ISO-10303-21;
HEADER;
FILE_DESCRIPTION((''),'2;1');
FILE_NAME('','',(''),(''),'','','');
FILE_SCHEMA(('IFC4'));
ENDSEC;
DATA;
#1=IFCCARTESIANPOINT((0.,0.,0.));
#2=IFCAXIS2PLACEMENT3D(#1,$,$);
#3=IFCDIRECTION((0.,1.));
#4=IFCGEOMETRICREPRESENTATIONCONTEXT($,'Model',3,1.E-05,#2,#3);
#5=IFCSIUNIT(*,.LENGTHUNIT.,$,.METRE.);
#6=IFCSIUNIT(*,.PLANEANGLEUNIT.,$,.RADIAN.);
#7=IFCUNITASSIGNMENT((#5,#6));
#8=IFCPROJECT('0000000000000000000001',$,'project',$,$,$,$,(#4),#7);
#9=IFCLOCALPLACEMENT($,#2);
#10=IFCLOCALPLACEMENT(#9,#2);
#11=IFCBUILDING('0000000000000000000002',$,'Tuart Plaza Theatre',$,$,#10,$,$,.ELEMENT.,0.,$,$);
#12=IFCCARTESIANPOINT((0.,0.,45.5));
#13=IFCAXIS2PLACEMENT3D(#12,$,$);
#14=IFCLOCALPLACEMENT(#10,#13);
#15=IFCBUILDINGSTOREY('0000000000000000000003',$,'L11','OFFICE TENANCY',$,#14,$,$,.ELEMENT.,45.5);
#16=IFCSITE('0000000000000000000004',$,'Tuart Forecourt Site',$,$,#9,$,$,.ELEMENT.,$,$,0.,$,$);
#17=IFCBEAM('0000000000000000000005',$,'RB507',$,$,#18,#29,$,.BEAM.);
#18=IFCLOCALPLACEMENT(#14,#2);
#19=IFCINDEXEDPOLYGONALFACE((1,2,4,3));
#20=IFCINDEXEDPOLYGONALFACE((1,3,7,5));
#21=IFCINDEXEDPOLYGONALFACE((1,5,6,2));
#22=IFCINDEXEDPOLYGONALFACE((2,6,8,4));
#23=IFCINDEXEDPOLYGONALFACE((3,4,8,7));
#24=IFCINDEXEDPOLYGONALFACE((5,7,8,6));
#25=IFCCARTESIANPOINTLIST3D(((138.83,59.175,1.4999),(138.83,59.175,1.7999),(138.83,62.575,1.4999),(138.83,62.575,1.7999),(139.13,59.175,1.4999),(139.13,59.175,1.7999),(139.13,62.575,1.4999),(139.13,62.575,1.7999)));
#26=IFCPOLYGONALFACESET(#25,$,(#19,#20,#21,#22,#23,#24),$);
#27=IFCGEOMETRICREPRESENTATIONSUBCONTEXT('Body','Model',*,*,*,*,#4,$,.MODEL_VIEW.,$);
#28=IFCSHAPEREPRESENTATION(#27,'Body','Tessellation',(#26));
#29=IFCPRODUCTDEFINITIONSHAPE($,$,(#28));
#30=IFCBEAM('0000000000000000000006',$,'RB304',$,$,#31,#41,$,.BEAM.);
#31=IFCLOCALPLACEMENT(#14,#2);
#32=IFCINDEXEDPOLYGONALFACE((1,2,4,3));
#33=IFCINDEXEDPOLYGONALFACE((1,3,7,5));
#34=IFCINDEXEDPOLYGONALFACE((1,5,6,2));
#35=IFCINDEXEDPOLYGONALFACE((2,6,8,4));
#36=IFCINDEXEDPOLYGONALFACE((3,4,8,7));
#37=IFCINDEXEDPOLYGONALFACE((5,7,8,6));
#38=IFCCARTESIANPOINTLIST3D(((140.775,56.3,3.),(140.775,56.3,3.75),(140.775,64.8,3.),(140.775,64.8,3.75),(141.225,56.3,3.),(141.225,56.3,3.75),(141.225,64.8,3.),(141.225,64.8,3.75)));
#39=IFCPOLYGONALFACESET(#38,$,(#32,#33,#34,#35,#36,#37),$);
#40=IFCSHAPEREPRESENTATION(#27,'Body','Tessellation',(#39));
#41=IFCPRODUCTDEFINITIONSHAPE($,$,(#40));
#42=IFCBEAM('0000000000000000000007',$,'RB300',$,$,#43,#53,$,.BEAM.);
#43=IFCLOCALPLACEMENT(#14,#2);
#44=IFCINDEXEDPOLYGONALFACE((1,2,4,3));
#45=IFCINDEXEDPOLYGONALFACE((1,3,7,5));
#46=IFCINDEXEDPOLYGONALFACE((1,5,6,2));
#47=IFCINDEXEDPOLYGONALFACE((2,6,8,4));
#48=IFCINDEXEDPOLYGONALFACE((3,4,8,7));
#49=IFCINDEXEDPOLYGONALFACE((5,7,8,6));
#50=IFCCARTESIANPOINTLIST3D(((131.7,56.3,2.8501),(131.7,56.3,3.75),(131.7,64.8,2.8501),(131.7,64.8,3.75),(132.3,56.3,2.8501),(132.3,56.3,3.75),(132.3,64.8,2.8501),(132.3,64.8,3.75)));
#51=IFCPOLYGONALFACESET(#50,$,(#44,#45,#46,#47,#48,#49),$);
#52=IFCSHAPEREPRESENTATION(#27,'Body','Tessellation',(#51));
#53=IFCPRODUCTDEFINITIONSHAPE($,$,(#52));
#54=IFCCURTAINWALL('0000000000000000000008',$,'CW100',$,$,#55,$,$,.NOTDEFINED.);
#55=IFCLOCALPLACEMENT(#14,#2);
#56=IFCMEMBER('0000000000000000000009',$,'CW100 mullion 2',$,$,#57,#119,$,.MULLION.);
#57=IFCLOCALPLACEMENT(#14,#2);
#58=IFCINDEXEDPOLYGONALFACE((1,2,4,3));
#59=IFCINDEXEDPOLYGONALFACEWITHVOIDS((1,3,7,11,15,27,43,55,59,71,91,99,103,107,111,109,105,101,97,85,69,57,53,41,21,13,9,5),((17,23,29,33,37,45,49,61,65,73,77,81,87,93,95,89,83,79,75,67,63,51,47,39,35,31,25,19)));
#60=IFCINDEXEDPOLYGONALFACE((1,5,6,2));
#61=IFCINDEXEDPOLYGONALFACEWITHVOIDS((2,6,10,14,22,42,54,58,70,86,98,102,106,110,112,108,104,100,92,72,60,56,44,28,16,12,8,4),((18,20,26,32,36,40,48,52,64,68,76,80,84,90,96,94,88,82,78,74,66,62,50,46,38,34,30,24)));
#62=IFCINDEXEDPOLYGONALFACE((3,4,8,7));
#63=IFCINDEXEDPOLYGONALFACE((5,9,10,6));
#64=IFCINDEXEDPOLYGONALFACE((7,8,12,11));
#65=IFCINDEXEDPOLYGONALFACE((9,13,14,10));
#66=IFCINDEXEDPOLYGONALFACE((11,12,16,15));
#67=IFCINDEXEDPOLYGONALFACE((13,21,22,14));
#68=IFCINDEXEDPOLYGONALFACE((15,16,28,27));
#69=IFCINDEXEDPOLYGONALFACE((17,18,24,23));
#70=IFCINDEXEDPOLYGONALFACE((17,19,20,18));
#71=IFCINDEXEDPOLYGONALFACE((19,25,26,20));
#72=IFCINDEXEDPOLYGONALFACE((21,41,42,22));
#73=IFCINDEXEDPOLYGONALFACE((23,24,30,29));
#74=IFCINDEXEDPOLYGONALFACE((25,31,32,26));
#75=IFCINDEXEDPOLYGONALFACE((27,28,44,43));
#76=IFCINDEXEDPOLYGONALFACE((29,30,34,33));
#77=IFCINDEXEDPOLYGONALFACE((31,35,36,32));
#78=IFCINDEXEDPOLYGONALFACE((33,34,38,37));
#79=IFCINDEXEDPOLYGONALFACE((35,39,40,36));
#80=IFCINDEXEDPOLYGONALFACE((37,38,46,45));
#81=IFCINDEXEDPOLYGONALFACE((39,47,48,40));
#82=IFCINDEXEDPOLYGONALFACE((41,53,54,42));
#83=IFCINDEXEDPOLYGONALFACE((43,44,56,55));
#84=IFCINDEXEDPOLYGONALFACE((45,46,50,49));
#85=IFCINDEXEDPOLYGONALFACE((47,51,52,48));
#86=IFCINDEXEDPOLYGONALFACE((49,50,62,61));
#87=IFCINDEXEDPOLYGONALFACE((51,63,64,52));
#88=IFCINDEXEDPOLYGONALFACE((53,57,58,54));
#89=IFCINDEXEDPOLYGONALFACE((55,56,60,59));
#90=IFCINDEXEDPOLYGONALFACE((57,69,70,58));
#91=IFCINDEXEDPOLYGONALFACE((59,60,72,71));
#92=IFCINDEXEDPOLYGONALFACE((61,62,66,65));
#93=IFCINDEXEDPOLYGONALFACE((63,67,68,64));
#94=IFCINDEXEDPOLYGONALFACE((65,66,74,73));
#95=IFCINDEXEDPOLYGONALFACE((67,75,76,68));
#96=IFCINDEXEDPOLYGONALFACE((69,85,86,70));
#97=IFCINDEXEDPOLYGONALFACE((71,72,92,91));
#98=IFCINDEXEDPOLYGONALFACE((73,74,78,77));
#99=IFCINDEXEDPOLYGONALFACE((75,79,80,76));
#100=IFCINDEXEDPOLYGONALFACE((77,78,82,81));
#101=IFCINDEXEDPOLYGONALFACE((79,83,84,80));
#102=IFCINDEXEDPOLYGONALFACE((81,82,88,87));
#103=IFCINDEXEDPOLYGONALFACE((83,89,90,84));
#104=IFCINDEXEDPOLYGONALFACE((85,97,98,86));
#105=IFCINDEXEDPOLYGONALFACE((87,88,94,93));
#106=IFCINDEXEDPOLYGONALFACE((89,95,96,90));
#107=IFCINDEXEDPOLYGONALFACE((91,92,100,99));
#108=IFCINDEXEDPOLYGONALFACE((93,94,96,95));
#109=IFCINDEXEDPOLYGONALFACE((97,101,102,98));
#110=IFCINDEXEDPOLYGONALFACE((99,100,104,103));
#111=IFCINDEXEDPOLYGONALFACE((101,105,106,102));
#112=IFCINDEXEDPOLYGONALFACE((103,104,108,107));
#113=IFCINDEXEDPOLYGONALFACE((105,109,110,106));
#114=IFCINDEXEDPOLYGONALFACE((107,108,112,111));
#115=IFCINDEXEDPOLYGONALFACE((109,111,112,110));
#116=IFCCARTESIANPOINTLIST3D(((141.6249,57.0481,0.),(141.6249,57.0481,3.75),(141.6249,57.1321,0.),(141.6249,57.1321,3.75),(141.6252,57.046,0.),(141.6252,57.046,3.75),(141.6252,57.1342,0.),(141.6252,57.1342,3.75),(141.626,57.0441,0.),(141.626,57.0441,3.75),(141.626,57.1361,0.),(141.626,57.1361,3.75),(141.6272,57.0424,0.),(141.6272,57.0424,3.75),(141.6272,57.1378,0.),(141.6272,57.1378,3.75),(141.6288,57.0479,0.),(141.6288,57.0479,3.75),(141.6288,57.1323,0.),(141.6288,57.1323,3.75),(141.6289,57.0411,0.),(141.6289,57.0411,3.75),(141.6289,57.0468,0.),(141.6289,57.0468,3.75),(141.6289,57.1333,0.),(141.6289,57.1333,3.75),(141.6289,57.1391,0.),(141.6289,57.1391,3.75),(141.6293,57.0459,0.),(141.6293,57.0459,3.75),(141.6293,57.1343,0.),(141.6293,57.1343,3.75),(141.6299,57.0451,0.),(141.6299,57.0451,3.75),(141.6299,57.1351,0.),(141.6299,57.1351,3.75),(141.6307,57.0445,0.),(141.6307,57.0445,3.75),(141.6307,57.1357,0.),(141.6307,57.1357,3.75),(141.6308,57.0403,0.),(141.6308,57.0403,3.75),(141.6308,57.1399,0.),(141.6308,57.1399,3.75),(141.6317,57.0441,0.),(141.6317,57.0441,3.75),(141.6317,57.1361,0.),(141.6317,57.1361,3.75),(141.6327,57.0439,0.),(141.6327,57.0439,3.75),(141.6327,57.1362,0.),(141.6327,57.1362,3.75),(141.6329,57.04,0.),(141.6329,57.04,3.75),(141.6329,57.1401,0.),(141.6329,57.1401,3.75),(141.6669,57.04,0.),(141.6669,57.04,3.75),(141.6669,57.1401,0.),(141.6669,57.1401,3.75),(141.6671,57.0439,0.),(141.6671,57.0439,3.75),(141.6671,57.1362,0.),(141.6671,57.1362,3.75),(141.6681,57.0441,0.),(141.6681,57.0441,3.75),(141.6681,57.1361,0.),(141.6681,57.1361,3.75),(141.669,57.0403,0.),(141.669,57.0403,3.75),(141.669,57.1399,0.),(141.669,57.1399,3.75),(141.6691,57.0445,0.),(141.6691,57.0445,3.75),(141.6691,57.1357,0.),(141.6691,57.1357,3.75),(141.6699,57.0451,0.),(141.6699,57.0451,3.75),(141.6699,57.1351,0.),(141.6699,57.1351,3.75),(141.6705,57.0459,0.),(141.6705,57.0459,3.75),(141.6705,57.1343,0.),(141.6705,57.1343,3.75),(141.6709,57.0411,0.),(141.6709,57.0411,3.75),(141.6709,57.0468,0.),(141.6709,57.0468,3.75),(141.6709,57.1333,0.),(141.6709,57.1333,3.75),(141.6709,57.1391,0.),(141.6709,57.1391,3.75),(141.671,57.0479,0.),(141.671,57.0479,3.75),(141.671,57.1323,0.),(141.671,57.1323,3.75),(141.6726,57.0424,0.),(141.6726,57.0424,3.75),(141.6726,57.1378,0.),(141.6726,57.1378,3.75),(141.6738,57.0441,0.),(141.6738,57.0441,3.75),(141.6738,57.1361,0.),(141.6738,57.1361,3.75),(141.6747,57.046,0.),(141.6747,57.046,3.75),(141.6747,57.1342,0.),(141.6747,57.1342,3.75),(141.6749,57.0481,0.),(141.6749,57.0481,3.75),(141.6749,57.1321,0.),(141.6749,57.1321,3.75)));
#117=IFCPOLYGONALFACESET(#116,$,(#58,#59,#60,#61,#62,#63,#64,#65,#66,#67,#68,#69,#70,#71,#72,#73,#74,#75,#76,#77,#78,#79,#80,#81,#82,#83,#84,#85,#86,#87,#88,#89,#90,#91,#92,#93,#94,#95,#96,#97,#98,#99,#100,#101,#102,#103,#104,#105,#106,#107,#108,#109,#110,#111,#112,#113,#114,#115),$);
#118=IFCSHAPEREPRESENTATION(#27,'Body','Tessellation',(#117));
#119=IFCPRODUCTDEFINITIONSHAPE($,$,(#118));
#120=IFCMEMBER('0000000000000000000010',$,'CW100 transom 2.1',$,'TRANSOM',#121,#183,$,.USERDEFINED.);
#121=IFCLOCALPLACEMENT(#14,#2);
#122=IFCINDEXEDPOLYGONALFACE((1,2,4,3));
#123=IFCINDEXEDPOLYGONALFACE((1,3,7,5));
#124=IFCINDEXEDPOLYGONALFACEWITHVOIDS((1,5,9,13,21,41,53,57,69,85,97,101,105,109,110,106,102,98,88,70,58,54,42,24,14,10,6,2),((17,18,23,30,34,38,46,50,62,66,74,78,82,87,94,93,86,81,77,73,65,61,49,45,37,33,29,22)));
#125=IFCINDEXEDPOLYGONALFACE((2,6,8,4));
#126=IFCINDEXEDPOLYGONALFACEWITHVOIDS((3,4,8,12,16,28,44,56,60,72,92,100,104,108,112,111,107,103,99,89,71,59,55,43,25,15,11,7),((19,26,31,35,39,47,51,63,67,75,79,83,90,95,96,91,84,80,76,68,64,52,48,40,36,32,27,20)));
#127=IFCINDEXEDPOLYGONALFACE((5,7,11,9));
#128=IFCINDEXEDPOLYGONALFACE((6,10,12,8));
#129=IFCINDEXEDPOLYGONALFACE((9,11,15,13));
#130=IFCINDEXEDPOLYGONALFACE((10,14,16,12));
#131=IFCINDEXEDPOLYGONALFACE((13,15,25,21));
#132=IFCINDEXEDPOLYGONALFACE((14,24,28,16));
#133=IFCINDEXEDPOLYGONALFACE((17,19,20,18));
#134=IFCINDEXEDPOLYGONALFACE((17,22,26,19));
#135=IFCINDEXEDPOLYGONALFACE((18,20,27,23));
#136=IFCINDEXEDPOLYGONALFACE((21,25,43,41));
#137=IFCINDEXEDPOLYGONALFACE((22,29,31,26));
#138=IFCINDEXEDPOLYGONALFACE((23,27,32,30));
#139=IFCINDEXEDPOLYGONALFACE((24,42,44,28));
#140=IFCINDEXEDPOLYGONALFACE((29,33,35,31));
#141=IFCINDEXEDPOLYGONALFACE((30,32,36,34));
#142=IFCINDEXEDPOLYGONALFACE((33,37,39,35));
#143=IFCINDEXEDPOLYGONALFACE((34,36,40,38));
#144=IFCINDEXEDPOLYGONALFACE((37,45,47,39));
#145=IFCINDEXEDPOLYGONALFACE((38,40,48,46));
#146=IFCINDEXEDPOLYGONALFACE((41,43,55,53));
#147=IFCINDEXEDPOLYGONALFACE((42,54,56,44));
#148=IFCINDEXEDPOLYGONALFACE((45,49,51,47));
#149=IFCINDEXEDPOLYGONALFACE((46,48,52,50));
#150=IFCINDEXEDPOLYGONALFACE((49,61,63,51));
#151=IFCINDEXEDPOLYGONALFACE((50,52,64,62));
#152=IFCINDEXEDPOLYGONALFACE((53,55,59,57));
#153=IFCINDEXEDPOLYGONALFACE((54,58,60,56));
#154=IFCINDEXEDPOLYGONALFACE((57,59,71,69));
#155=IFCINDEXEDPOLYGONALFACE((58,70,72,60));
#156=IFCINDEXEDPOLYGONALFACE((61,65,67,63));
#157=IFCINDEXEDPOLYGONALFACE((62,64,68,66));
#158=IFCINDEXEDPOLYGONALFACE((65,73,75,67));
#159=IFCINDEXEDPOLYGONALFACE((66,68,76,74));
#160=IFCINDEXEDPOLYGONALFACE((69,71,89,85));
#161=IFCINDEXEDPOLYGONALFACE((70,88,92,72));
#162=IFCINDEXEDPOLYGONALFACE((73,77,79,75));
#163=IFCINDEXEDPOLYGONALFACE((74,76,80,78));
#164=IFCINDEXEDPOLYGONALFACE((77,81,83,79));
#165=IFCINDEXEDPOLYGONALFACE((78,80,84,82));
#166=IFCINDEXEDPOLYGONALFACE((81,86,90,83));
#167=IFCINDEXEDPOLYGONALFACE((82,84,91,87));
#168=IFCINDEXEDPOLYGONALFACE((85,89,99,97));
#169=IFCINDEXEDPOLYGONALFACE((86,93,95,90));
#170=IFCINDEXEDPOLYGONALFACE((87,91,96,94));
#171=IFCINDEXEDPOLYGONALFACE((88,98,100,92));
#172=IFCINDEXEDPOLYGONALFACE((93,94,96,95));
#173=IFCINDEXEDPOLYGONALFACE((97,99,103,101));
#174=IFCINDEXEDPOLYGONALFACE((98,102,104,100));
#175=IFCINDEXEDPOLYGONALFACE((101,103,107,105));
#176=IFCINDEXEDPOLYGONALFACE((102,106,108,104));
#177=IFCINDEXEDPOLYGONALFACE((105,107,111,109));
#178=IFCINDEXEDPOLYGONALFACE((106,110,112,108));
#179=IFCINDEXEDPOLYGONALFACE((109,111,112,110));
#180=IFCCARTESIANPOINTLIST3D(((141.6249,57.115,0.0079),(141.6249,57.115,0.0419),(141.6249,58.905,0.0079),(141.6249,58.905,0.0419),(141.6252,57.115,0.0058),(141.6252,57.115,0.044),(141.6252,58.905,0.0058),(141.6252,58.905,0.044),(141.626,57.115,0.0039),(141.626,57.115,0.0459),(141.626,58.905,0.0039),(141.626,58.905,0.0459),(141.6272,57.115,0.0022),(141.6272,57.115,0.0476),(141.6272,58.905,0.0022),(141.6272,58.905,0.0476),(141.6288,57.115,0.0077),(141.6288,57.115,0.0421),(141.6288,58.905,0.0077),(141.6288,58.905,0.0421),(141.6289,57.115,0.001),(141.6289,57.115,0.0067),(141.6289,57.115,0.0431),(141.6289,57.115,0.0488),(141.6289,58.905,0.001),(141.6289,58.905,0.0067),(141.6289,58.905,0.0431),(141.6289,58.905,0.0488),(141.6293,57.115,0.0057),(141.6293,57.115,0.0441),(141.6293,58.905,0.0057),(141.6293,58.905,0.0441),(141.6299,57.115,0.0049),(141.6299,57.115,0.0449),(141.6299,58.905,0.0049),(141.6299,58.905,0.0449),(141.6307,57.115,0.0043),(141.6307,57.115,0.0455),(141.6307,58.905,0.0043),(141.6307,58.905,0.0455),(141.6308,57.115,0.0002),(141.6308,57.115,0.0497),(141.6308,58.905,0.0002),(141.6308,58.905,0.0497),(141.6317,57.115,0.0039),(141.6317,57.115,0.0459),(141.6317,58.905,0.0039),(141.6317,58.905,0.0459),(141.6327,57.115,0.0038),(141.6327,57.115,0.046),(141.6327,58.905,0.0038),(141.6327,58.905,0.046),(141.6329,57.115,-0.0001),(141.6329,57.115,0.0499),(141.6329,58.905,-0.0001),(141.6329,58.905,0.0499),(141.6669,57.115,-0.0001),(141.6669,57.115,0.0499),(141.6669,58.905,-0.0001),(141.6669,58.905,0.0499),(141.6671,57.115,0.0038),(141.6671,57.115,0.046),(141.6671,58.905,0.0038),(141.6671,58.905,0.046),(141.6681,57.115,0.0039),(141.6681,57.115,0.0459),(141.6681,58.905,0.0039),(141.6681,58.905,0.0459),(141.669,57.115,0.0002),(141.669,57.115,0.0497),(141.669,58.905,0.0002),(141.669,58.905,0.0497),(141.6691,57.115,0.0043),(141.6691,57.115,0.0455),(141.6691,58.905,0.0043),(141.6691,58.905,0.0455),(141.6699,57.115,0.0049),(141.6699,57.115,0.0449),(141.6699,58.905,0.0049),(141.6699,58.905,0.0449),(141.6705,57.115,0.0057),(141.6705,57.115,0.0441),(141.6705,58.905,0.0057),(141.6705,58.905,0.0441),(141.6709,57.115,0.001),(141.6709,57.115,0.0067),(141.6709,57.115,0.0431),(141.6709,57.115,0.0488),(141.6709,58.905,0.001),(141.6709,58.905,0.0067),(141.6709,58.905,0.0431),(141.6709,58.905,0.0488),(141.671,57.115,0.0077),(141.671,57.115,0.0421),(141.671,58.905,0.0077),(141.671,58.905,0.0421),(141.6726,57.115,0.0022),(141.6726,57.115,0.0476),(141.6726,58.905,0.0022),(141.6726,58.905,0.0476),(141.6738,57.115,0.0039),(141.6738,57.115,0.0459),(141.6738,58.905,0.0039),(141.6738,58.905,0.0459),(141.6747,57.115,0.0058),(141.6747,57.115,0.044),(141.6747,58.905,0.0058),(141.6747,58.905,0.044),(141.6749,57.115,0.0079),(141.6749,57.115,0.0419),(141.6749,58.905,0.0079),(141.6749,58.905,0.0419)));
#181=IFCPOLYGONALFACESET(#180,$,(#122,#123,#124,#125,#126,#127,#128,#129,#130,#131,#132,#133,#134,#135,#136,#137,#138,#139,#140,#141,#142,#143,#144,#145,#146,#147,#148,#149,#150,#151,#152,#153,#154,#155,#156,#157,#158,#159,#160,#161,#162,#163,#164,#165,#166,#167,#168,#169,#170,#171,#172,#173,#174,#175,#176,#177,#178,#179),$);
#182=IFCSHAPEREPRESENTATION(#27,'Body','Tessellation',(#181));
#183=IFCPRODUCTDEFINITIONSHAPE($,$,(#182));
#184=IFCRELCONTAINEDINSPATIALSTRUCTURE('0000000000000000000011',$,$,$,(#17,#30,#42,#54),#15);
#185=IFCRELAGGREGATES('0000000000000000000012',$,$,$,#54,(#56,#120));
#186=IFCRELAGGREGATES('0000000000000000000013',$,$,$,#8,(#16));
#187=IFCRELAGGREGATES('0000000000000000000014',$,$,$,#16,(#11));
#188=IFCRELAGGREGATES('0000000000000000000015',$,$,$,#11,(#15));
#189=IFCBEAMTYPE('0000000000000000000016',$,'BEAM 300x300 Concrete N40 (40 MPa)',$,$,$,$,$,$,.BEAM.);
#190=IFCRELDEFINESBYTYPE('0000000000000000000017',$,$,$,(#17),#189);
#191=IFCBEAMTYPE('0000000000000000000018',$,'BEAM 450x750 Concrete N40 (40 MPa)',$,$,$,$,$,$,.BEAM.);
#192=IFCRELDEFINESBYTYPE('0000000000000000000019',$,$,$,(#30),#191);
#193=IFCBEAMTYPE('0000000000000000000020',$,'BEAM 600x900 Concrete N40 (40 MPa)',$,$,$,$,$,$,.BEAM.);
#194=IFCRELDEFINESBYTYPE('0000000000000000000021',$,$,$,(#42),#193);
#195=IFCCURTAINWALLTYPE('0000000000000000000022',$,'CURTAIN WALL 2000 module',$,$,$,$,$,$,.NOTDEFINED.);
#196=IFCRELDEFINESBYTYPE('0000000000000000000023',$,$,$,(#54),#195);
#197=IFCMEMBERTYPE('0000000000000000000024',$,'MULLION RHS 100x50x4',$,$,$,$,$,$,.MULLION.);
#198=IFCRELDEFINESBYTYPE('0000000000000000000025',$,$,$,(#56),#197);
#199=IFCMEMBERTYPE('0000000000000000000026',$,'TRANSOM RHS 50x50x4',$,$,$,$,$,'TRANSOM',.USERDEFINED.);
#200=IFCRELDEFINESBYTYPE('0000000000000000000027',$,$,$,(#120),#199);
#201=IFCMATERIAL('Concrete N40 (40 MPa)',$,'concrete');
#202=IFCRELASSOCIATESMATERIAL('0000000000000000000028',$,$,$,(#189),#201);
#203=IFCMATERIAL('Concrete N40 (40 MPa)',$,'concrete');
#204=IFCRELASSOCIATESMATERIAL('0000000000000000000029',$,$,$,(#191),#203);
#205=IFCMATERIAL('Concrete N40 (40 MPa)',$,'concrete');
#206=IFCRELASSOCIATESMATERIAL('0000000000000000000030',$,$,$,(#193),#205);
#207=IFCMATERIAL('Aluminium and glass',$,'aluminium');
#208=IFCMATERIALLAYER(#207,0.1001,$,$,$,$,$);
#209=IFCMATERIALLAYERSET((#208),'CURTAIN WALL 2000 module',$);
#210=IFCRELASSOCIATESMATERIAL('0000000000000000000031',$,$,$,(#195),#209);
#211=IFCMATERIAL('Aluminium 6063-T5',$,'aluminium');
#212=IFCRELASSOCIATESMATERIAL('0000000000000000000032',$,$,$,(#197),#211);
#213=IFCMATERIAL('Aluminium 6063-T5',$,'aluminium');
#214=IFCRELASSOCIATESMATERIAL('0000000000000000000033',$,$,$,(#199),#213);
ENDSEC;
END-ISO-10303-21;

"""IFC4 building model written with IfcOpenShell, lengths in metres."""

from ifc_helpers import new_model, si_unit, direction, frame, origin, origin_2d, place, context, subcontext, project, spatial, rectangle, hollow_rectangle, extrude, material, layer, layer_set, material_profile, profile_set, type_object, element, aggregate, save


model = new_model("IFC4")

# Units and contexts
model_context = context("Model", 3, precision=1e-05, world=origin(), true_north=direction((0.0, 1.0)))
body_context = subcontext(model_context, "Body", "Model", "MODEL_VIEW")
ifc_project = project(units=[si_unit("LENGTHUNIT", "METRE"), si_unit("PLANEANGLEUNIT", "RADIAN")], contexts=[model_context])

# Site, building, storey
site_placement = place(None, origin())
site = spatial("IfcSite", under=ifc_project, at=site_placement, Name="Tuart Forecourt Site", CompositionType="ELEMENT", RefElevation=0.0)
building_placement = place(site_placement, origin())
building = spatial("IfcBuilding", under=site, at=building_placement, Name="Tuart Plaza Theatre", CompositionType="ELEMENT", ElevationOfRefHeight=0.0)
storey_placement = place(building_placement, frame((0.0, 0.0, 45.5)))
storey = spatial("IfcBuildingStorey", under=building, at=storey_placement, Name="L11", Description="OFFICE TENANCY", CompositionType="ELEMENT", Elevation=45.5)

# Beams
ifc_material_1 = material(Name="Concrete N40 (40 MPa)", Category="concrete")
ifc_material_profile_1 = material_profile(ifc_material_1, rectangle(XDim=0.3, YDim=0.3, at=origin_2d()), Name="BEAM 300x300 Concrete N40 (40 MPa)")
ifc_profile_set_1 = profile_set([ifc_material_profile_1], Name="Concrete N40 (40 MPa)")
beam_type_1 = type_object("IfcBeamType", Name="BEAM 300x300 Concrete N40 (40 MPa)", PredefinedType="BEAM", material=ifc_profile_set_1)
beam_1_placement = place(storey_placement, frame((138.98, 59.175, 1.6499), z_axis=(0.0, 1.0, 0.0), x_axis=(-1.0, 0.0, 0.0)))
element("IfcBeam", 1, at=beam_1_placement, inside=storey, type_object=beam_type_1, Name="RB507", PredefinedType="BEAM", context=body_context, shape_type="SweptSolid", body=[
    extrude(rectangle(XDim=0.3, YDim=0.3, at=origin_2d()), origin(), (0.0, 0.0, 1.0), 3.3999),
])
ifc_material_2 = material(Name="Concrete N40 (40 MPa)", Category="concrete")
ifc_material_profile_2 = material_profile(ifc_material_2, rectangle(XDim=0.45, YDim=0.75, at=origin_2d()), Name="BEAM 450x750 Concrete N40 (40 MPa)")
ifc_profile_set_2 = profile_set([ifc_material_profile_2], Name="Concrete N40 (40 MPa)")
beam_type_2 = type_object("IfcBeamType", Name="BEAM 450x750 Concrete N40 (40 MPa)", PredefinedType="BEAM", material=ifc_profile_set_2)
beam_2_placement = place(storey_placement, frame((141.0, 56.3, 3.375), z_axis=(0.0, 1.0, 0.0), x_axis=(-1.0, 0.0, 0.0)))
element("IfcBeam", 2, at=beam_2_placement, inside=storey, type_object=beam_type_2, Name="RB304", PredefinedType="BEAM", context=body_context, shape_type="SweptSolid", body=[
    extrude(rectangle(XDim=0.45, YDim=0.75, at=origin_2d()), origin(), (0.0, 0.0, 1.0), 8.5),
])
ifc_material_3 = material(Name="Concrete N40 (40 MPa)", Category="concrete")
ifc_material_profile_3 = material_profile(ifc_material_3, rectangle(XDim=0.6001, YDim=0.8999, at=origin_2d()), Name="BEAM 600x900 Concrete N40 (40 MPa)")
ifc_profile_set_3 = profile_set([ifc_material_profile_3], Name="Concrete N40 (40 MPa)")
beam_type_3 = type_object("IfcBeamType", Name="BEAM 600x900 Concrete N40 (40 MPa)", PredefinedType="BEAM", material=ifc_profile_set_3)
beam_3_placement = place(storey_placement, frame((132.0, 56.3, 3.3), z_axis=(0.0, 1.0, 0.0), x_axis=(-1.0, 0.0, 0.0)))
element("IfcBeam", 3, at=beam_3_placement, inside=storey, type_object=beam_type_3, Name="RB300", PredefinedType="BEAM", context=body_context, shape_type="SweptSolid", body=[
    extrude(rectangle(XDim=0.6001, YDim=0.8999, at=origin_2d()), origin(), (0.0, 0.0, 1.0), 8.5),
])

# Curtain wall, members
ifc_material_4 = material(Name="Aluminium and glass", Category="aluminium")
ifc_layer_1 = layer(ifc_material_4, 0.1001)
ifc_layer_set_1 = layer_set([ifc_layer_1], Name="CURTAIN WALL 2000 module")
curtain_wall_type = type_object("IfcCurtainWallType", Name="CURTAIN WALL 2000 module", PredefinedType="NOTDEFINED", material=ifc_layer_set_1)
curtain_wall_placement = place(storey_placement, origin())
curtain_wall = element("IfcCurtainWall", 4, at=curtain_wall_placement, inside=storey, type_object=curtain_wall_type, Name="CW100", PredefinedType="NOTDEFINED")
ifc_material_5 = material(Name="Aluminium 6063-T5", Category="aluminium")
ifc_material_profile_4 = material_profile(ifc_material_5, hollow_rectangle(XDim=0.05, YDim=0.1001, WallThickness=0.0039, InnerFilletRadius=0.0039, OuterFilletRadius=0.0081, at=origin_2d()), Name="RHS 100x50x4")
ifc_profile_set_4 = profile_set([ifc_material_profile_4], Name="Aluminium 6063-T5")
member_type_1 = type_object("IfcMemberType", Name="MULLION RHS 100x50x4", PredefinedType="MULLION", material=ifc_profile_set_4)
member_1_placement = place(storey_placement, frame((141.6499, 57.0901, 0.0), z_axis=(0.0, 0.0, 1.0), x_axis=(-1.0, 0.0, 0.0)))
member_1 = element("IfcMember", 5, at=member_1_placement, type_object=member_type_1, Name="CW100 mullion 2", PredefinedType="MULLION", context=body_context, shape_type="SweptSolid", body=[
    extrude(hollow_rectangle(XDim=0.05, YDim=0.1001, WallThickness=0.0039, InnerFilletRadius=0.0039, OuterFilletRadius=0.0081, at=origin_2d()), origin(), (0.0, 0.0, 1.0), 3.75),
])
ifc_material_6 = material(Name="Aluminium 6063-T5", Category="aluminium")
ifc_material_profile_5 = material_profile(ifc_material_6, hollow_rectangle(XDim=0.05, YDim=0.05, WallThickness=0.0039, InnerFilletRadius=0.0039, OuterFilletRadius=0.0081, at=origin_2d()), Name="RHS 50x50x4")
ifc_profile_set_5 = profile_set([ifc_material_profile_5], Name="Aluminium 6063-T5")
member_type_2 = type_object("IfcMemberType", Name="TRANSOM RHS 50x50x4", ElementType="TRANSOM", PredefinedType="USERDEFINED", material=ifc_profile_set_5)
member_2_placement = place(storey_placement, frame((141.6499, 57.115, 0.0249), z_axis=(0.0, 1.0, 0.0), x_axis=(-1.0, 0.0, 0.0)))
member_2 = element("IfcMember", 6, at=member_2_placement, type_object=member_type_2, Name="CW100 transom 2.1", ObjectType="TRANSOM", PredefinedType="USERDEFINED", context=body_context, shape_type="SweptSolid", body=[
    extrude(hollow_rectangle(XDim=0.05, YDim=0.05, WallThickness=0.0039, InnerFilletRadius=0.0039, OuterFilletRadius=0.0081, at=origin_2d()), origin(), (0.0, 0.0, 1.0), 1.79),
])
aggregate(curtain_wall, [member_1, member_2])

save(model, "model.ifc")
